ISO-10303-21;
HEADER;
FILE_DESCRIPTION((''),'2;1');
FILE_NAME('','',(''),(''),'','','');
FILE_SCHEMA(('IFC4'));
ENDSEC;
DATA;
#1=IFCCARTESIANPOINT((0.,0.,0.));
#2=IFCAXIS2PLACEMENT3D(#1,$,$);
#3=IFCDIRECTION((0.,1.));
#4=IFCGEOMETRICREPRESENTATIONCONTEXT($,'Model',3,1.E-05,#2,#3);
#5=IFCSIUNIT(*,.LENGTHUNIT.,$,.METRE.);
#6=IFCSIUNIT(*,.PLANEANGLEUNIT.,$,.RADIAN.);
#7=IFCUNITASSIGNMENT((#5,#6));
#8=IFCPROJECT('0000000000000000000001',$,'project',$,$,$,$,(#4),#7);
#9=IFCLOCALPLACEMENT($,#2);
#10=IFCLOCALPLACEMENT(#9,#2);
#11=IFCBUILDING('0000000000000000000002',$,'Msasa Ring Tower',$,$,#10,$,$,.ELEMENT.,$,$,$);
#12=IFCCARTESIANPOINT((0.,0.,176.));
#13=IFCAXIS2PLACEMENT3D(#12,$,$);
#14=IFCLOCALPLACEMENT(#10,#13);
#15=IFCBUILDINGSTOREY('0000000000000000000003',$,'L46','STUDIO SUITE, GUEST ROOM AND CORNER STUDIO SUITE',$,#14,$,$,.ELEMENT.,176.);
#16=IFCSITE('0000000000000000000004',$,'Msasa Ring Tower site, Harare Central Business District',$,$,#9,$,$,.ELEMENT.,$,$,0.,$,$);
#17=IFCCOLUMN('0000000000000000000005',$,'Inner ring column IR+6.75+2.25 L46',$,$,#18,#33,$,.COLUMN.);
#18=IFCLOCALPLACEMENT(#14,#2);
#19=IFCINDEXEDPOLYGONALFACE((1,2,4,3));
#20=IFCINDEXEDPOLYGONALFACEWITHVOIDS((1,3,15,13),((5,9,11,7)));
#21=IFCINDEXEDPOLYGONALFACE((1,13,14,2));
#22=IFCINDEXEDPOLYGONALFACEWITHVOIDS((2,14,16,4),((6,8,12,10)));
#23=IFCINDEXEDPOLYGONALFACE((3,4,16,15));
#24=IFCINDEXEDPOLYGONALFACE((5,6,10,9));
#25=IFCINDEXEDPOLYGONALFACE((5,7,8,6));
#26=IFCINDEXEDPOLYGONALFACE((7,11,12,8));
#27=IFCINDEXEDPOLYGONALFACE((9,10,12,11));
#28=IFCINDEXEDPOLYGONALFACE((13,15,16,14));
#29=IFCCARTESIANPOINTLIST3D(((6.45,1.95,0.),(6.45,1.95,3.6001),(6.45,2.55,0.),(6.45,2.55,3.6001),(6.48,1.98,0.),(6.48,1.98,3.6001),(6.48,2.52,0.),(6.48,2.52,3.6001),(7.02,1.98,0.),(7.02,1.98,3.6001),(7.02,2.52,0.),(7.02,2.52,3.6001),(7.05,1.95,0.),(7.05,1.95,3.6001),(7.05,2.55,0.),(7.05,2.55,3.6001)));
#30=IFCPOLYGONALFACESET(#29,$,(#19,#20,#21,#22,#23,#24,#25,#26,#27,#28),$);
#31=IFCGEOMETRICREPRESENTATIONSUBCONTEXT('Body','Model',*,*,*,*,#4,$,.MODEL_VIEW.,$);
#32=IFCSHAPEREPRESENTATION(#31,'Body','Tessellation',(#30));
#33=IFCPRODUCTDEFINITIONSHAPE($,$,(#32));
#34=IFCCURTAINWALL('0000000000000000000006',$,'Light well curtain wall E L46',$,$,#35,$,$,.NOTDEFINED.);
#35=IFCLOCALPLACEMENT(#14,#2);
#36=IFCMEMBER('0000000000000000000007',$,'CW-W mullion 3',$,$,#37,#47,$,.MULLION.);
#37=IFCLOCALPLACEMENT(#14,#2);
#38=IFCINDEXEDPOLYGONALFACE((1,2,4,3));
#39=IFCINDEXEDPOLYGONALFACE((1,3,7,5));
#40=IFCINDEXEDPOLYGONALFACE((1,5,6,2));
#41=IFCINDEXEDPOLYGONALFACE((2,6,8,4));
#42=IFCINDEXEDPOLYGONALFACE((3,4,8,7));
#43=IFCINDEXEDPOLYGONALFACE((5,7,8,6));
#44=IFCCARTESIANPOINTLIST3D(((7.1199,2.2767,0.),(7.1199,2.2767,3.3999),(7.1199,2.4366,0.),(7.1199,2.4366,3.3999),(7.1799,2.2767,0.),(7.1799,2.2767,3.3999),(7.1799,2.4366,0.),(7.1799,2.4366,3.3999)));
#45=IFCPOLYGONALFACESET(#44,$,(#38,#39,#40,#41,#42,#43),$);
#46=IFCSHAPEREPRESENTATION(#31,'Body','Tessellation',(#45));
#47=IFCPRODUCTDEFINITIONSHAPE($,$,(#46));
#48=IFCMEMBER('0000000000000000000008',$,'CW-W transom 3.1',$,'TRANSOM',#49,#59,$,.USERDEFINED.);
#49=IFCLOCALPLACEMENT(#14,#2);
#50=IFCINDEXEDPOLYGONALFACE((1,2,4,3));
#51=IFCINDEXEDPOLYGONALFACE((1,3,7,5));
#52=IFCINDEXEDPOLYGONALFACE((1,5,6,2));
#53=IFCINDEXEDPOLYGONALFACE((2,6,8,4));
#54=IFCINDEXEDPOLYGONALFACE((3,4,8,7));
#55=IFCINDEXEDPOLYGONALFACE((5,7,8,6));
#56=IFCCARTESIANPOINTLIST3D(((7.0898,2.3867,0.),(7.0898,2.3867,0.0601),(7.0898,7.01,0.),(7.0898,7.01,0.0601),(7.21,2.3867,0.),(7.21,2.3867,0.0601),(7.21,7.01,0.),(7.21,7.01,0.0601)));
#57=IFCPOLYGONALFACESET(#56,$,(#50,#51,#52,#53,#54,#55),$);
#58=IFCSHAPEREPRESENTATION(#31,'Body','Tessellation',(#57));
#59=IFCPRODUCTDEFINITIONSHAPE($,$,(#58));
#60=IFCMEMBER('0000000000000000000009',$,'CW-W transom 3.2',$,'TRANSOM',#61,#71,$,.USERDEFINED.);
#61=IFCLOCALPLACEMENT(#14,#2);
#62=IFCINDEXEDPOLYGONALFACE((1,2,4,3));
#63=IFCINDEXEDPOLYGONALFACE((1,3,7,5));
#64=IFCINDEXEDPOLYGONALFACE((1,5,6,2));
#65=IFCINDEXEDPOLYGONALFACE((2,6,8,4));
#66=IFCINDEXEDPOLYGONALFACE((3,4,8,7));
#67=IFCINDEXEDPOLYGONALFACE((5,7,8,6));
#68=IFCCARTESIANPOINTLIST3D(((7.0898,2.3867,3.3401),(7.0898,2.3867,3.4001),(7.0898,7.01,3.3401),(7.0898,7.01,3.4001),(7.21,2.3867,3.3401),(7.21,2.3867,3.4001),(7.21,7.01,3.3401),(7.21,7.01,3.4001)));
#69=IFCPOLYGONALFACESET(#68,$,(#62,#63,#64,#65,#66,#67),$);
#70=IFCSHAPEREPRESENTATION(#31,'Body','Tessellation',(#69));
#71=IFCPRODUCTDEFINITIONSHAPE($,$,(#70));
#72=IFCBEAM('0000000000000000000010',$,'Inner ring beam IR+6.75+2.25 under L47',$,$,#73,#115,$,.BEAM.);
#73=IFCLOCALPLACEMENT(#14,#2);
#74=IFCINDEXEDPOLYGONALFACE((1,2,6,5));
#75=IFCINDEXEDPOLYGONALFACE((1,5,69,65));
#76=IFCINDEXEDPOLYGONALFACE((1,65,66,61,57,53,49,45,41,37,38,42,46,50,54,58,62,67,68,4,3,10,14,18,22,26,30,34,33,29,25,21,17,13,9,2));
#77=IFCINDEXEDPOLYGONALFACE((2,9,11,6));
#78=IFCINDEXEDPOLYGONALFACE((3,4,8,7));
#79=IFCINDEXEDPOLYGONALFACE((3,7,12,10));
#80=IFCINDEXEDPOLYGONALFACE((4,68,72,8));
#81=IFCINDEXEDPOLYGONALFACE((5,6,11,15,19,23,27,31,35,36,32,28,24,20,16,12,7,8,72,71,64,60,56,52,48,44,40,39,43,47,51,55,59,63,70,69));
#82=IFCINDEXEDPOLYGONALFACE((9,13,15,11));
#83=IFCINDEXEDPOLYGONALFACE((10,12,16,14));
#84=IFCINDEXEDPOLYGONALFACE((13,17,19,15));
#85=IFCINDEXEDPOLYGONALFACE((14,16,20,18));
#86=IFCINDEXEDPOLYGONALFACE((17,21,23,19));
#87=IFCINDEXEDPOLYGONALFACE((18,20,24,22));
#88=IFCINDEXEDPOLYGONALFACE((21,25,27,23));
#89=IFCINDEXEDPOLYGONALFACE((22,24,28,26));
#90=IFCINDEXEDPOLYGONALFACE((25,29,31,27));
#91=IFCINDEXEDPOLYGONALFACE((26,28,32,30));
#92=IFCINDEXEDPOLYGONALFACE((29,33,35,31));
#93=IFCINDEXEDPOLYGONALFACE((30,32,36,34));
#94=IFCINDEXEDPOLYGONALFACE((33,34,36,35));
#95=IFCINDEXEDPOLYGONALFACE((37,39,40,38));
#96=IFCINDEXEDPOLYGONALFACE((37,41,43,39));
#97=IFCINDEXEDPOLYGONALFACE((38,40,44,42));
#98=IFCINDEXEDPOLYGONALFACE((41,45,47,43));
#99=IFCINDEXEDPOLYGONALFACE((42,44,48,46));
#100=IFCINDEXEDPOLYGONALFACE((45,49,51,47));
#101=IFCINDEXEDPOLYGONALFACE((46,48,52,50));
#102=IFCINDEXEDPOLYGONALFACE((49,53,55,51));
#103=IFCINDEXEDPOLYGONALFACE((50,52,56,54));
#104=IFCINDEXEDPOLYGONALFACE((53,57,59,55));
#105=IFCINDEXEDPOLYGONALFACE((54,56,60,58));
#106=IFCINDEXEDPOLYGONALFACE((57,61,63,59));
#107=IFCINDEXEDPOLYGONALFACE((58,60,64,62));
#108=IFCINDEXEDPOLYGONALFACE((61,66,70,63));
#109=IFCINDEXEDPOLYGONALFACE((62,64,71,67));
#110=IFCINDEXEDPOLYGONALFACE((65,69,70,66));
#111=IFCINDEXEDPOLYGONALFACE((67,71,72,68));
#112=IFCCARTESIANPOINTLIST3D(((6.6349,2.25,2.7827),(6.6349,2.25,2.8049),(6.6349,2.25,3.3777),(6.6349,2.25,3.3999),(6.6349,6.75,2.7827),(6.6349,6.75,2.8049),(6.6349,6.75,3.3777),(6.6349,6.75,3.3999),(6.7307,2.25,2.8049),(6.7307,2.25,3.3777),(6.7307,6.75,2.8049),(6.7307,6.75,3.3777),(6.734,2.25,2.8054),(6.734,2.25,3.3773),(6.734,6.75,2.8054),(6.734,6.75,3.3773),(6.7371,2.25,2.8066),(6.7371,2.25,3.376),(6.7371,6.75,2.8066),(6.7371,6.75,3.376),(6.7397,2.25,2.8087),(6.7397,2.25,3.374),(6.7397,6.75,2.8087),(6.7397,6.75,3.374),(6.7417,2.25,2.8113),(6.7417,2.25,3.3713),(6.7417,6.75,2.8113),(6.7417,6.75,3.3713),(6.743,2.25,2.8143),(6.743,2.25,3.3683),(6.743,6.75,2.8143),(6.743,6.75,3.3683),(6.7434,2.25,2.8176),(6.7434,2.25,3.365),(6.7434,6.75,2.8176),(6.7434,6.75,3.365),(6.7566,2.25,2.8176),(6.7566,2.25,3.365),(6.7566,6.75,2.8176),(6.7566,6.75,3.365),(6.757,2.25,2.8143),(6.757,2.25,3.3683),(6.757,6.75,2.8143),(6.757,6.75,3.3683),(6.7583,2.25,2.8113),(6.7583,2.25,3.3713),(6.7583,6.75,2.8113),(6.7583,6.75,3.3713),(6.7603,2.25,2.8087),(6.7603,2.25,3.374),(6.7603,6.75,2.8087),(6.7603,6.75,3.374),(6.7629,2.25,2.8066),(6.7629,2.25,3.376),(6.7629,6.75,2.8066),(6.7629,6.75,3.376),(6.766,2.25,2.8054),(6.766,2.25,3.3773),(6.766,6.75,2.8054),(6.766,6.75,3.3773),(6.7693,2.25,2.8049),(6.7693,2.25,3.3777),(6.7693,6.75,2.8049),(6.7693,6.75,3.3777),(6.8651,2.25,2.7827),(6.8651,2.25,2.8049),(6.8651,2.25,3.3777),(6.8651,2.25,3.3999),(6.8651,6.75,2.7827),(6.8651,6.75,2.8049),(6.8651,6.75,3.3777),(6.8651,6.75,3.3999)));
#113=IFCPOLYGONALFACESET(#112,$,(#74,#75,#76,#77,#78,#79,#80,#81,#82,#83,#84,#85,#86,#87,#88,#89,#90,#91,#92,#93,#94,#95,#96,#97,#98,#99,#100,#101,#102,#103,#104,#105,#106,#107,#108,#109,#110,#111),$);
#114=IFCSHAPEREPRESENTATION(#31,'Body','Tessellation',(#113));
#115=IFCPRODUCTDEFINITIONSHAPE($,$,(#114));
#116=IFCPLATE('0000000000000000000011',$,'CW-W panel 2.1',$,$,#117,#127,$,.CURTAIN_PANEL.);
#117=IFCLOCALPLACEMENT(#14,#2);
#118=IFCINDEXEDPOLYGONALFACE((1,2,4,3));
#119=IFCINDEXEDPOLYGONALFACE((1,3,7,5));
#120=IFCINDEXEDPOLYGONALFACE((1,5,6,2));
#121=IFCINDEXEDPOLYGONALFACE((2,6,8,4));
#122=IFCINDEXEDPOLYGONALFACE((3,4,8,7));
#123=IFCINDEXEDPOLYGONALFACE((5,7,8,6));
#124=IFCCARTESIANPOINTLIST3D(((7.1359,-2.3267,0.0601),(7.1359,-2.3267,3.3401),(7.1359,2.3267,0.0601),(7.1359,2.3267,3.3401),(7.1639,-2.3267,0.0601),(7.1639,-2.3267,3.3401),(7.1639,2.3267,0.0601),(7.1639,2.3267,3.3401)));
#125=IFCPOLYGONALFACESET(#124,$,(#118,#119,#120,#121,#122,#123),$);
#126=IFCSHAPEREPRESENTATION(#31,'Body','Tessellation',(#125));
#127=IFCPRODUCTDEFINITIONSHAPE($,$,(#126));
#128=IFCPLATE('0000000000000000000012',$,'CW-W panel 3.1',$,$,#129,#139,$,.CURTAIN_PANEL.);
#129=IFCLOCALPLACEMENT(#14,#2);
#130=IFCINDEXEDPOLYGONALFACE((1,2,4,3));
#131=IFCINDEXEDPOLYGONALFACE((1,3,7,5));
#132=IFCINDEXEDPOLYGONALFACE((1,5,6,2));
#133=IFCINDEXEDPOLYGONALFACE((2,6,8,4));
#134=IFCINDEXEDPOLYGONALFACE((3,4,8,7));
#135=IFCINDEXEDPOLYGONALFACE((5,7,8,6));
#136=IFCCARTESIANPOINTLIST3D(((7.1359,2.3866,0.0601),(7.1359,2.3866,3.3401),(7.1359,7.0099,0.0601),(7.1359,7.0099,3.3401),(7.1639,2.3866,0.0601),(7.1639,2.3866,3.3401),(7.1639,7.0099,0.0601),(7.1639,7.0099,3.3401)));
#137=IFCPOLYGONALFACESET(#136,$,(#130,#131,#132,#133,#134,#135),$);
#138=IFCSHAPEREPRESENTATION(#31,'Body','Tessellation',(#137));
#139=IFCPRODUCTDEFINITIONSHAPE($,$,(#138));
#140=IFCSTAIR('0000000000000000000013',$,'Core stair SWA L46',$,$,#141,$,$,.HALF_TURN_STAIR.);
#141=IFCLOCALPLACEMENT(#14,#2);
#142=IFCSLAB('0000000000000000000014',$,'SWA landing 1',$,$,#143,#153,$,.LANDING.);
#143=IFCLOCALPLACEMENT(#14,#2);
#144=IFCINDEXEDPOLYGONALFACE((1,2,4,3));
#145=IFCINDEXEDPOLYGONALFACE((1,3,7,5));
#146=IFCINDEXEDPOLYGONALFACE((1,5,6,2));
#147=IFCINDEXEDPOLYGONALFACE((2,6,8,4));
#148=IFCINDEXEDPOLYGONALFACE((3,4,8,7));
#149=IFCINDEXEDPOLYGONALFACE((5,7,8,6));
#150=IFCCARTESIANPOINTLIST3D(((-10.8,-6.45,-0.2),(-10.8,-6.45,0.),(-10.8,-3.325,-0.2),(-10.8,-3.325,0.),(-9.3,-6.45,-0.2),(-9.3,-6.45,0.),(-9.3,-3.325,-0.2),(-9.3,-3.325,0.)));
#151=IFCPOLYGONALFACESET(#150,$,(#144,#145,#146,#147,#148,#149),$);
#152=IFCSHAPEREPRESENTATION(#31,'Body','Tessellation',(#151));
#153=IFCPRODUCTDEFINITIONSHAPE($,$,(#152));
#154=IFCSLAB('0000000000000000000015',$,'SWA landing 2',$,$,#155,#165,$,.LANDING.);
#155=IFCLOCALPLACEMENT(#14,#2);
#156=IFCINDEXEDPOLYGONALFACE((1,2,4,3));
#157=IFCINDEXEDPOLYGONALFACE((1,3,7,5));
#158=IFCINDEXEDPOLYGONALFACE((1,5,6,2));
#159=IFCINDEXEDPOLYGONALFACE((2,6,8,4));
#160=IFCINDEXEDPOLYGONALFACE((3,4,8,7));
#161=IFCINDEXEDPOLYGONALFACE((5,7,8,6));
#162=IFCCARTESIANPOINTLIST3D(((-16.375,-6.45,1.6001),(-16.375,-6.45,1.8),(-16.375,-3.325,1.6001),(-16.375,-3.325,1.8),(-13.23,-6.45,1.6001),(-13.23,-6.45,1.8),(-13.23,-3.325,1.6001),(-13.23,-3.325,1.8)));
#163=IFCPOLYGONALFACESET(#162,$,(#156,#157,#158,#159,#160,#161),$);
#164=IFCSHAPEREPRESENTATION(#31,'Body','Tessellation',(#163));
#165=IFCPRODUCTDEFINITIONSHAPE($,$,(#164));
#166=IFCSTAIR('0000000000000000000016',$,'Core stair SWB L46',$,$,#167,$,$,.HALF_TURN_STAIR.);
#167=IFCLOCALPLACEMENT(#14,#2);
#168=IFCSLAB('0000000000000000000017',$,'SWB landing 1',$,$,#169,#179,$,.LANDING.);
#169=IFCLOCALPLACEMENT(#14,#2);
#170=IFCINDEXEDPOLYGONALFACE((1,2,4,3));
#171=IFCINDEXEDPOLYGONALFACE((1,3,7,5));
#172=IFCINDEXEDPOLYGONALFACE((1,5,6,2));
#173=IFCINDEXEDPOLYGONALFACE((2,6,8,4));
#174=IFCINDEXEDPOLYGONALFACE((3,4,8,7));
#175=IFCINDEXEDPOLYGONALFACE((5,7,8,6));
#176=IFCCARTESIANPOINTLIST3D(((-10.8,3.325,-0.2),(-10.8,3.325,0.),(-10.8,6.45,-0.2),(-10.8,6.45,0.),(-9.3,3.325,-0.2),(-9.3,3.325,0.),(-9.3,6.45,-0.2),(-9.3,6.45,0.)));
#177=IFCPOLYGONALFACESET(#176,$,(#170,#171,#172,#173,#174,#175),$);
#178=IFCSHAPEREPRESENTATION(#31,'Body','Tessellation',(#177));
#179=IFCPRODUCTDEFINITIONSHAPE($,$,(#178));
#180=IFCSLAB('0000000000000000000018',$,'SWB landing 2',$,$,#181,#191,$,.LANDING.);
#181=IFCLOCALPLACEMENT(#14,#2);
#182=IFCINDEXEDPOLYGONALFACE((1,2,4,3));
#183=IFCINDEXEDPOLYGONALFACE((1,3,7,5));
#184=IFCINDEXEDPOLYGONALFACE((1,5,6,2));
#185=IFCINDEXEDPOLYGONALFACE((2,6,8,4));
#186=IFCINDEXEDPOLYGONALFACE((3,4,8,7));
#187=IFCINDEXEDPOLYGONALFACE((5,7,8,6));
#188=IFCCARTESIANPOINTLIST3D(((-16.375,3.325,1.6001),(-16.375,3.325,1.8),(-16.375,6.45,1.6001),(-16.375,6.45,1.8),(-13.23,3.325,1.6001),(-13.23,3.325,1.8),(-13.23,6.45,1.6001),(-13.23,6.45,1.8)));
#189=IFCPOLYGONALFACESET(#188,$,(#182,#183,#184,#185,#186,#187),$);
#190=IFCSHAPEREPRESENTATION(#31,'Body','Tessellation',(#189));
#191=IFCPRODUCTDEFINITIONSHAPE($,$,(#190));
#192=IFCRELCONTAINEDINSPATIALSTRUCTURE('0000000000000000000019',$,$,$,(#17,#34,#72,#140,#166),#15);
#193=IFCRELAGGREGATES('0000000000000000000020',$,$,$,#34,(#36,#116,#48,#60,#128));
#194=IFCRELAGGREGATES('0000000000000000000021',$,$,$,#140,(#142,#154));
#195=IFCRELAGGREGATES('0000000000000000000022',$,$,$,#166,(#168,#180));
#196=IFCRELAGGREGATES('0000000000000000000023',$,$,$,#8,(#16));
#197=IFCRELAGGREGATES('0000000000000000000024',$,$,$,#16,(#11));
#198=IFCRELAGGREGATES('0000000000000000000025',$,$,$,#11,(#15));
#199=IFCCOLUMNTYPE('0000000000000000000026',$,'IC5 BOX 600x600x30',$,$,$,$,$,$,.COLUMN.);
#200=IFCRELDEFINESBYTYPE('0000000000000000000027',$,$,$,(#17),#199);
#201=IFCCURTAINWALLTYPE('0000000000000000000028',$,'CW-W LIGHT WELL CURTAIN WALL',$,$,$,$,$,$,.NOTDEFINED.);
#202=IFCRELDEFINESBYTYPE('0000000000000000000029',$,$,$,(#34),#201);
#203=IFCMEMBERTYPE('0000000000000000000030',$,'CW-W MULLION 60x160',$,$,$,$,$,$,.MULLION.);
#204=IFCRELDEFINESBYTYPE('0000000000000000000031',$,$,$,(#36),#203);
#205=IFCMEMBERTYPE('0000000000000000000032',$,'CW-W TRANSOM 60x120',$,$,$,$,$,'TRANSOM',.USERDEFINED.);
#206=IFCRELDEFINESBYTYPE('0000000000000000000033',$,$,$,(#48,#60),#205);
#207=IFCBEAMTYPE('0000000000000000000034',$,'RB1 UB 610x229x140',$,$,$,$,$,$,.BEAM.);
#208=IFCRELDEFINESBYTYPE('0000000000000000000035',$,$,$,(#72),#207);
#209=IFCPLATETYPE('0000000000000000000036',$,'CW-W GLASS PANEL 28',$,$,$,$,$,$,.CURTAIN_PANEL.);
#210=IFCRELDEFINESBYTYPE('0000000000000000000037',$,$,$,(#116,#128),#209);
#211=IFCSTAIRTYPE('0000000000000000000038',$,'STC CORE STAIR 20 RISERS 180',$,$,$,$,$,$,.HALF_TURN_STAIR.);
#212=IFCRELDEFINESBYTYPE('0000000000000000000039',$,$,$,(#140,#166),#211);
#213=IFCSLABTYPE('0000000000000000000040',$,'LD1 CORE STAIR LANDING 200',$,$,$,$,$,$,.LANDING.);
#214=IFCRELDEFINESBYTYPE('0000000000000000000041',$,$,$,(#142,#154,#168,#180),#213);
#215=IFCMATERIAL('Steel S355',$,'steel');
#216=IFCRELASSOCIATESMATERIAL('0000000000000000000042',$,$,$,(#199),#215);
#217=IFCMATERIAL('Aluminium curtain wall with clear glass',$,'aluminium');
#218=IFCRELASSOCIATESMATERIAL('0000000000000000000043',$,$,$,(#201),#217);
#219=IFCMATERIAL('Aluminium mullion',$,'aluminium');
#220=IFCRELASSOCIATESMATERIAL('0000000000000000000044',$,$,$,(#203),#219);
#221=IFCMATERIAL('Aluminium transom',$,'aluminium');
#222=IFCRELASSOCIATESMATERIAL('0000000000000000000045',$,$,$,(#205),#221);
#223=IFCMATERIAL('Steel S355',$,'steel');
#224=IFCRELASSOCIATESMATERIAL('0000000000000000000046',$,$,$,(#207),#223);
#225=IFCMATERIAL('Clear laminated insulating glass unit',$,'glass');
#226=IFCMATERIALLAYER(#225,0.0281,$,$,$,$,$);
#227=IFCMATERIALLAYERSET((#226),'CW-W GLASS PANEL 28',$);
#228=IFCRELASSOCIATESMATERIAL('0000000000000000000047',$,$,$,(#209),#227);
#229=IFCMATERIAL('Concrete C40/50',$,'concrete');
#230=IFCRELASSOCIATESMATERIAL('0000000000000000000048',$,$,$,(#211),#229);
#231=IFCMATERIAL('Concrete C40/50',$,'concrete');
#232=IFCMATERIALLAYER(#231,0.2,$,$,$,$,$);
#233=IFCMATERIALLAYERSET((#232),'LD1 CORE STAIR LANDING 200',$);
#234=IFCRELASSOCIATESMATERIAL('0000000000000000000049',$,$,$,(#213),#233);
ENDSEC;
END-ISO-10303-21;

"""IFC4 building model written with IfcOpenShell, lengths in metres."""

from ifc_helpers import new_model, si_unit, direction, frame, origin, origin_2d, place, context, subcontext, project, spatial, polyline, rectangle, hollow_rectangle, i_section, outline, extrude, material, layer, layer_set, material_profile, profile_set, type_object, element, aggregate, save


model = new_model("IFC4")

# Units and contexts
model_context = context("Model", 3, precision=1e-05, world=origin(), true_north=direction((0.0, 1.0)))
body_context = subcontext(model_context, "Body", "Model", "MODEL_VIEW")
ifc_project = project(units=[si_unit("LENGTHUNIT", "METRE"), si_unit("PLANEANGLEUNIT", "RADIAN")], contexts=[model_context])

# Site, building, storey
site_placement = place(None, origin())
site = spatial("IfcSite", under=ifc_project, at=site_placement, Name="Msasa Ring Tower site, Harare Central Business District", CompositionType="ELEMENT", RefElevation=0.0)
building_placement = place(site_placement, origin())
building = spatial("IfcBuilding", under=site, at=building_placement, Name="Msasa Ring Tower", CompositionType="ELEMENT")
storey_placement = place(building_placement, frame((0.0, 0.0, 176.0)))
storey = spatial("IfcBuildingStorey", under=building, at=storey_placement, Name="L46", Description="STUDIO SUITE, GUEST ROOM AND CORNER STUDIO SUITE", CompositionType="ELEMENT", Elevation=176.0)

# Column
ifc_material_1 = material(Name="Steel S355", Category="steel")
ifc_material_profile_1 = material_profile(ifc_material_1, hollow_rectangle(XDim=0.6001, YDim=0.6001, WallThickness=0.03, at=origin_2d()), Name="BOX 600x600x30")
ifc_profile_set_1 = profile_set([ifc_material_profile_1], Name="Steel S355")
column_type = type_object("IfcColumnType", Name="IC5 BOX 600x600x30", PredefinedType="COLUMN", material=ifc_profile_set_1)
column_placement = place(storey_placement, frame((6.75, 2.25, 0.0), z_axis=(0.0, 0.0, 1.0), x_axis=(1.0, 0.0, 0.0)))
element("IfcColumn", 1, at=column_placement, inside=storey, type_object=column_type, Name="Inner ring column IR+6.75+2.25 L46", PredefinedType="COLUMN", context=body_context, shape_type="SweptSolid", body=[
    extrude(hollow_rectangle(XDim=0.6001, YDim=0.6001, WallThickness=0.03, at=origin_2d()), origin(), (0.0, 0.0, 1.0), 3.6001),
])

# Curtain wall, members
ifc_material_2 = material(Name="Aluminium curtain wall with clear glass", Category="aluminium")
curtain_wall_type = type_object("IfcCurtainWallType", Name="CW-W LIGHT WELL CURTAIN WALL", PredefinedType="NOTDEFINED", material=ifc_material_2)
curtain_wall_placement = place(storey_placement, origin())
curtain_wall = element("IfcCurtainWall", 2, at=curtain_wall_placement, inside=storey, type_object=curtain_wall_type, Name="Light well curtain wall E L46", PredefinedType="NOTDEFINED")
ifc_material_3 = material(Name="Aluminium mullion", Category="aluminium")
ifc_material_profile_2 = material_profile(ifc_material_3, rectangle(XDim=0.0601, YDim=0.1599, at=origin_2d()), Name="AL 60x160")
ifc_profile_set_2 = profile_set([ifc_material_profile_2], Name="Aluminium mullion")
member_type_1 = type_object("IfcMemberType", Name="CW-W MULLION 60x160", PredefinedType="MULLION", material=ifc_profile_set_2)
member_1_placement = place(storey_placement, frame((7.1499, 2.3567, 0.0), z_axis=(0.0, 0.0, 1.0), x_axis=(-1.0, 0.0, 0.0)))
member_1 = element("IfcMember", 3, at=member_1_placement, type_object=member_type_1, Name="CW-W mullion 3", PredefinedType="MULLION", context=body_context, shape_type="SweptSolid", body=[
    extrude(rectangle(XDim=0.0601, YDim=0.1599, at=origin_2d()), origin(), (0.0, 0.0, 1.0), 3.3999),
])
ifc_material_4 = material(Name="Aluminium transom", Category="aluminium")
ifc_material_profile_3 = material_profile(ifc_material_4, rectangle(XDim=0.1201, YDim=0.0601, at=origin_2d()), Name="AL 60x120")
ifc_profile_set_3 = profile_set([ifc_material_profile_3], Name="Aluminium transom")
member_type_2 = type_object("IfcMemberType", Name="CW-W TRANSOM 60x120", ElementType="TRANSOM", PredefinedType="USERDEFINED", material=ifc_profile_set_3)
member_2_placement = place(storey_placement, frame((7.1499, 2.3867, 0.03), z_axis=(0.0, 1.0, 0.0), x_axis=(-1.0, 0.0, 0.0)))
member_2 = element("IfcMember", 4, at=member_2_placement, type_object=member_type_2, Name="CW-W transom 3.1", ObjectType="TRANSOM", PredefinedType="USERDEFINED", context=body_context, shape_type="SweptSolid", body=[
    extrude(rectangle(XDim=0.1201, YDim=0.0601, at=origin_2d()), origin(), (0.0, 0.0, 1.0), 4.6233),
])
member_3_placement = place(storey_placement, frame((7.1499, 2.3867, 3.3701), z_axis=(0.0, 1.0, 0.0), x_axis=(-1.0, 0.0, 0.0)))
member_3 = element("IfcMember", 5, at=member_3_placement, type_object=member_type_2, Name="CW-W transom 3.2", ObjectType="TRANSOM", PredefinedType="USERDEFINED", context=body_context, shape_type="SweptSolid", body=[
    extrude(rectangle(XDim=0.1201, YDim=0.0601, at=origin_2d()), origin(), (0.0, 0.0, 1.0), 4.6233),
])

# Beam
ifc_material_5 = material(Name="Steel S355", Category="steel")
ifc_material_profile_4 = material_profile(ifc_material_5, i_section(OverallWidth=0.2302, OverallDepth=0.6172, WebThickness=0.0132, FlangeThickness=0.0222, FilletRadius=0.0127, at=origin_2d()), Name="UB 610x229x140")
ifc_profile_set_4 = profile_set([ifc_material_profile_4], Name="Steel S355")
beam_type = type_object("IfcBeamType", Name="RB1 UB 610x229x140", PredefinedType="BEAM", material=ifc_profile_set_4)
beam_placement = place(storey_placement, frame((6.75, 2.25, 3.0913), z_axis=(0.0, 1.0, 0.0), x_axis=(-1.0, 0.0, 0.0)))
element("IfcBeam", 6, at=beam_placement, inside=storey, type_object=beam_type, Name="Inner ring beam IR+6.75+2.25 under L47", PredefinedType="BEAM", context=body_context, shape_type="SweptSolid", body=[
    extrude(i_section(OverallWidth=0.2302, OverallDepth=0.6172, WebThickness=0.0132, FlangeThickness=0.0222, FilletRadius=0.0127, at=origin_2d()), origin(), (0.0, 0.0, 1.0), 4.5),
])

# Plates
ifc_material_6 = material(Name="Clear laminated insulating glass unit", Category="glass")
ifc_layer_1 = layer(ifc_material_6, 0.0281)
ifc_layer_set_1 = layer_set([ifc_layer_1], Name="CW-W GLASS PANEL 28")
plate_type = type_object("IfcPlateType", Name="CW-W GLASS PANEL 28", PredefinedType="CURTAIN_PANEL", material=ifc_layer_set_1)
plate_1_placement = place(storey_placement, frame((7.1499, 0.0, 0.0601), z_axis=(0.0, 0.0, 1.0), x_axis=(0.0, 1.0, 0.0)))
plate_1 = element("IfcPlate", 7, at=plate_1_placement, type_object=plate_type, Name="CW-W panel 2.1", PredefinedType="CURTAIN_PANEL", context=body_context, shape_type="SweptSolid", body=[
    extrude(rectangle(XDim=4.6533, YDim=0.0281, at=origin_2d()), origin(), (0.0, 0.0, 1.0), 3.28),
])
plate_2_placement = place(storey_placement, frame((7.1499, 4.6982, 0.0601), z_axis=(0.0, 0.0, 1.0), x_axis=(0.0, 1.0, 0.0)))
plate_2 = element("IfcPlate", 8, at=plate_2_placement, type_object=plate_type, Name="CW-W panel 3.1", PredefinedType="CURTAIN_PANEL", context=body_context, shape_type="SweptSolid", body=[
    extrude(rectangle(XDim=4.6233, YDim=0.0281, at=origin_2d()), origin(), (0.0, 0.0, 1.0), 3.28),
])
aggregate(curtain_wall, [member_1, plate_1, member_2, member_3, plate_2])

# Stairs, slabs
ifc_material_7 = material(Name="Concrete C40/50", Category="concrete")
stair_type = type_object("IfcStairType", Name="STC CORE STAIR 20 RISERS 180", PredefinedType="HALF_TURN_STAIR", material=ifc_material_7)
stair_1_placement = place(storey_placement, origin())
stair_1 = element("IfcStair", 9, at=stair_1_placement, inside=storey, type_object=stair_type, Name="Core stair SWA L46", PredefinedType="HALF_TURN_STAIR")
ifc_material_8 = material(Name="Concrete C40/50", Category="concrete")
ifc_layer_2 = layer(ifc_material_8, 0.2)
ifc_layer_set_2 = layer_set([ifc_layer_2], Name="LD1 CORE STAIR LANDING 200")
slab_type = type_object("IfcSlabType", Name="LD1 CORE STAIR LANDING 200", PredefinedType="LANDING", material=ifc_layer_set_2)
slab_1_placement = place(storey_placement, frame((0.0, 0.0, -0.2)))
slab_1 = element("IfcSlab", 10, at=slab_1_placement, type_object=slab_type, Name="SWA landing 1", PredefinedType="LANDING", context=body_context, shape_type="SweptSolid", body=[
    extrude(outline(polyline([(-10.8, -6.45), (-9.3, -6.45), (-9.3, -3.325), (-10.8, -3.325), (-10.8, -6.45)])), origin(), (0.0, 0.0, 1.0), 0.2),
])
slab_2_placement = place(storey_placement, frame((0.0, 0.0, 1.6001)))
slab_2 = element("IfcSlab", 11, at=slab_2_placement, type_object=slab_type, Name="SWA landing 2", PredefinedType="LANDING", context=body_context, shape_type="SweptSolid", body=[
    extrude(outline(polyline([(-16.375, -6.45), (-13.23, -6.45), (-13.23, -3.325), (-16.375, -3.325), (-16.375, -6.45)])), origin(), (0.0, 0.0, 1.0), 0.2),
])
aggregate(stair_1, [slab_1, slab_2])
stair_2_placement = place(storey_placement, origin())
stair_2 = element("IfcStair", 12, at=stair_2_placement, inside=storey, type_object=stair_type, Name="Core stair SWB L46", PredefinedType="HALF_TURN_STAIR")
slab_3_placement = place(storey_placement, frame((0.0, 0.0, -0.2)))
slab_3 = element("IfcSlab", 13, at=slab_3_placement, type_object=slab_type, Name="SWB landing 1", PredefinedType="LANDING", context=body_context, shape_type="SweptSolid", body=[
    extrude(outline(polyline([(-10.8, 3.325), (-9.3, 3.325), (-9.3, 6.45), (-10.8, 6.45), (-10.8, 3.325)])), origin(), (0.0, 0.0, 1.0), 0.2),
])
slab_4_placement = place(storey_placement, frame((0.0, 0.0, 1.6001)))
slab_4 = element("IfcSlab", 14, at=slab_4_placement, type_object=slab_type, Name="SWB landing 2", PredefinedType="LANDING", context=body_context, shape_type="SweptSolid", body=[
    extrude(outline(polyline([(-16.375, 3.325), (-13.23, 3.325), (-13.23, 6.45), (-16.375, 6.45), (-16.375, 3.325)])), origin(), (0.0, 0.0, 1.0), 0.2),
])
aggregate(stair_2, [slab_3, slab_4])

save(model, "model.ifc")
